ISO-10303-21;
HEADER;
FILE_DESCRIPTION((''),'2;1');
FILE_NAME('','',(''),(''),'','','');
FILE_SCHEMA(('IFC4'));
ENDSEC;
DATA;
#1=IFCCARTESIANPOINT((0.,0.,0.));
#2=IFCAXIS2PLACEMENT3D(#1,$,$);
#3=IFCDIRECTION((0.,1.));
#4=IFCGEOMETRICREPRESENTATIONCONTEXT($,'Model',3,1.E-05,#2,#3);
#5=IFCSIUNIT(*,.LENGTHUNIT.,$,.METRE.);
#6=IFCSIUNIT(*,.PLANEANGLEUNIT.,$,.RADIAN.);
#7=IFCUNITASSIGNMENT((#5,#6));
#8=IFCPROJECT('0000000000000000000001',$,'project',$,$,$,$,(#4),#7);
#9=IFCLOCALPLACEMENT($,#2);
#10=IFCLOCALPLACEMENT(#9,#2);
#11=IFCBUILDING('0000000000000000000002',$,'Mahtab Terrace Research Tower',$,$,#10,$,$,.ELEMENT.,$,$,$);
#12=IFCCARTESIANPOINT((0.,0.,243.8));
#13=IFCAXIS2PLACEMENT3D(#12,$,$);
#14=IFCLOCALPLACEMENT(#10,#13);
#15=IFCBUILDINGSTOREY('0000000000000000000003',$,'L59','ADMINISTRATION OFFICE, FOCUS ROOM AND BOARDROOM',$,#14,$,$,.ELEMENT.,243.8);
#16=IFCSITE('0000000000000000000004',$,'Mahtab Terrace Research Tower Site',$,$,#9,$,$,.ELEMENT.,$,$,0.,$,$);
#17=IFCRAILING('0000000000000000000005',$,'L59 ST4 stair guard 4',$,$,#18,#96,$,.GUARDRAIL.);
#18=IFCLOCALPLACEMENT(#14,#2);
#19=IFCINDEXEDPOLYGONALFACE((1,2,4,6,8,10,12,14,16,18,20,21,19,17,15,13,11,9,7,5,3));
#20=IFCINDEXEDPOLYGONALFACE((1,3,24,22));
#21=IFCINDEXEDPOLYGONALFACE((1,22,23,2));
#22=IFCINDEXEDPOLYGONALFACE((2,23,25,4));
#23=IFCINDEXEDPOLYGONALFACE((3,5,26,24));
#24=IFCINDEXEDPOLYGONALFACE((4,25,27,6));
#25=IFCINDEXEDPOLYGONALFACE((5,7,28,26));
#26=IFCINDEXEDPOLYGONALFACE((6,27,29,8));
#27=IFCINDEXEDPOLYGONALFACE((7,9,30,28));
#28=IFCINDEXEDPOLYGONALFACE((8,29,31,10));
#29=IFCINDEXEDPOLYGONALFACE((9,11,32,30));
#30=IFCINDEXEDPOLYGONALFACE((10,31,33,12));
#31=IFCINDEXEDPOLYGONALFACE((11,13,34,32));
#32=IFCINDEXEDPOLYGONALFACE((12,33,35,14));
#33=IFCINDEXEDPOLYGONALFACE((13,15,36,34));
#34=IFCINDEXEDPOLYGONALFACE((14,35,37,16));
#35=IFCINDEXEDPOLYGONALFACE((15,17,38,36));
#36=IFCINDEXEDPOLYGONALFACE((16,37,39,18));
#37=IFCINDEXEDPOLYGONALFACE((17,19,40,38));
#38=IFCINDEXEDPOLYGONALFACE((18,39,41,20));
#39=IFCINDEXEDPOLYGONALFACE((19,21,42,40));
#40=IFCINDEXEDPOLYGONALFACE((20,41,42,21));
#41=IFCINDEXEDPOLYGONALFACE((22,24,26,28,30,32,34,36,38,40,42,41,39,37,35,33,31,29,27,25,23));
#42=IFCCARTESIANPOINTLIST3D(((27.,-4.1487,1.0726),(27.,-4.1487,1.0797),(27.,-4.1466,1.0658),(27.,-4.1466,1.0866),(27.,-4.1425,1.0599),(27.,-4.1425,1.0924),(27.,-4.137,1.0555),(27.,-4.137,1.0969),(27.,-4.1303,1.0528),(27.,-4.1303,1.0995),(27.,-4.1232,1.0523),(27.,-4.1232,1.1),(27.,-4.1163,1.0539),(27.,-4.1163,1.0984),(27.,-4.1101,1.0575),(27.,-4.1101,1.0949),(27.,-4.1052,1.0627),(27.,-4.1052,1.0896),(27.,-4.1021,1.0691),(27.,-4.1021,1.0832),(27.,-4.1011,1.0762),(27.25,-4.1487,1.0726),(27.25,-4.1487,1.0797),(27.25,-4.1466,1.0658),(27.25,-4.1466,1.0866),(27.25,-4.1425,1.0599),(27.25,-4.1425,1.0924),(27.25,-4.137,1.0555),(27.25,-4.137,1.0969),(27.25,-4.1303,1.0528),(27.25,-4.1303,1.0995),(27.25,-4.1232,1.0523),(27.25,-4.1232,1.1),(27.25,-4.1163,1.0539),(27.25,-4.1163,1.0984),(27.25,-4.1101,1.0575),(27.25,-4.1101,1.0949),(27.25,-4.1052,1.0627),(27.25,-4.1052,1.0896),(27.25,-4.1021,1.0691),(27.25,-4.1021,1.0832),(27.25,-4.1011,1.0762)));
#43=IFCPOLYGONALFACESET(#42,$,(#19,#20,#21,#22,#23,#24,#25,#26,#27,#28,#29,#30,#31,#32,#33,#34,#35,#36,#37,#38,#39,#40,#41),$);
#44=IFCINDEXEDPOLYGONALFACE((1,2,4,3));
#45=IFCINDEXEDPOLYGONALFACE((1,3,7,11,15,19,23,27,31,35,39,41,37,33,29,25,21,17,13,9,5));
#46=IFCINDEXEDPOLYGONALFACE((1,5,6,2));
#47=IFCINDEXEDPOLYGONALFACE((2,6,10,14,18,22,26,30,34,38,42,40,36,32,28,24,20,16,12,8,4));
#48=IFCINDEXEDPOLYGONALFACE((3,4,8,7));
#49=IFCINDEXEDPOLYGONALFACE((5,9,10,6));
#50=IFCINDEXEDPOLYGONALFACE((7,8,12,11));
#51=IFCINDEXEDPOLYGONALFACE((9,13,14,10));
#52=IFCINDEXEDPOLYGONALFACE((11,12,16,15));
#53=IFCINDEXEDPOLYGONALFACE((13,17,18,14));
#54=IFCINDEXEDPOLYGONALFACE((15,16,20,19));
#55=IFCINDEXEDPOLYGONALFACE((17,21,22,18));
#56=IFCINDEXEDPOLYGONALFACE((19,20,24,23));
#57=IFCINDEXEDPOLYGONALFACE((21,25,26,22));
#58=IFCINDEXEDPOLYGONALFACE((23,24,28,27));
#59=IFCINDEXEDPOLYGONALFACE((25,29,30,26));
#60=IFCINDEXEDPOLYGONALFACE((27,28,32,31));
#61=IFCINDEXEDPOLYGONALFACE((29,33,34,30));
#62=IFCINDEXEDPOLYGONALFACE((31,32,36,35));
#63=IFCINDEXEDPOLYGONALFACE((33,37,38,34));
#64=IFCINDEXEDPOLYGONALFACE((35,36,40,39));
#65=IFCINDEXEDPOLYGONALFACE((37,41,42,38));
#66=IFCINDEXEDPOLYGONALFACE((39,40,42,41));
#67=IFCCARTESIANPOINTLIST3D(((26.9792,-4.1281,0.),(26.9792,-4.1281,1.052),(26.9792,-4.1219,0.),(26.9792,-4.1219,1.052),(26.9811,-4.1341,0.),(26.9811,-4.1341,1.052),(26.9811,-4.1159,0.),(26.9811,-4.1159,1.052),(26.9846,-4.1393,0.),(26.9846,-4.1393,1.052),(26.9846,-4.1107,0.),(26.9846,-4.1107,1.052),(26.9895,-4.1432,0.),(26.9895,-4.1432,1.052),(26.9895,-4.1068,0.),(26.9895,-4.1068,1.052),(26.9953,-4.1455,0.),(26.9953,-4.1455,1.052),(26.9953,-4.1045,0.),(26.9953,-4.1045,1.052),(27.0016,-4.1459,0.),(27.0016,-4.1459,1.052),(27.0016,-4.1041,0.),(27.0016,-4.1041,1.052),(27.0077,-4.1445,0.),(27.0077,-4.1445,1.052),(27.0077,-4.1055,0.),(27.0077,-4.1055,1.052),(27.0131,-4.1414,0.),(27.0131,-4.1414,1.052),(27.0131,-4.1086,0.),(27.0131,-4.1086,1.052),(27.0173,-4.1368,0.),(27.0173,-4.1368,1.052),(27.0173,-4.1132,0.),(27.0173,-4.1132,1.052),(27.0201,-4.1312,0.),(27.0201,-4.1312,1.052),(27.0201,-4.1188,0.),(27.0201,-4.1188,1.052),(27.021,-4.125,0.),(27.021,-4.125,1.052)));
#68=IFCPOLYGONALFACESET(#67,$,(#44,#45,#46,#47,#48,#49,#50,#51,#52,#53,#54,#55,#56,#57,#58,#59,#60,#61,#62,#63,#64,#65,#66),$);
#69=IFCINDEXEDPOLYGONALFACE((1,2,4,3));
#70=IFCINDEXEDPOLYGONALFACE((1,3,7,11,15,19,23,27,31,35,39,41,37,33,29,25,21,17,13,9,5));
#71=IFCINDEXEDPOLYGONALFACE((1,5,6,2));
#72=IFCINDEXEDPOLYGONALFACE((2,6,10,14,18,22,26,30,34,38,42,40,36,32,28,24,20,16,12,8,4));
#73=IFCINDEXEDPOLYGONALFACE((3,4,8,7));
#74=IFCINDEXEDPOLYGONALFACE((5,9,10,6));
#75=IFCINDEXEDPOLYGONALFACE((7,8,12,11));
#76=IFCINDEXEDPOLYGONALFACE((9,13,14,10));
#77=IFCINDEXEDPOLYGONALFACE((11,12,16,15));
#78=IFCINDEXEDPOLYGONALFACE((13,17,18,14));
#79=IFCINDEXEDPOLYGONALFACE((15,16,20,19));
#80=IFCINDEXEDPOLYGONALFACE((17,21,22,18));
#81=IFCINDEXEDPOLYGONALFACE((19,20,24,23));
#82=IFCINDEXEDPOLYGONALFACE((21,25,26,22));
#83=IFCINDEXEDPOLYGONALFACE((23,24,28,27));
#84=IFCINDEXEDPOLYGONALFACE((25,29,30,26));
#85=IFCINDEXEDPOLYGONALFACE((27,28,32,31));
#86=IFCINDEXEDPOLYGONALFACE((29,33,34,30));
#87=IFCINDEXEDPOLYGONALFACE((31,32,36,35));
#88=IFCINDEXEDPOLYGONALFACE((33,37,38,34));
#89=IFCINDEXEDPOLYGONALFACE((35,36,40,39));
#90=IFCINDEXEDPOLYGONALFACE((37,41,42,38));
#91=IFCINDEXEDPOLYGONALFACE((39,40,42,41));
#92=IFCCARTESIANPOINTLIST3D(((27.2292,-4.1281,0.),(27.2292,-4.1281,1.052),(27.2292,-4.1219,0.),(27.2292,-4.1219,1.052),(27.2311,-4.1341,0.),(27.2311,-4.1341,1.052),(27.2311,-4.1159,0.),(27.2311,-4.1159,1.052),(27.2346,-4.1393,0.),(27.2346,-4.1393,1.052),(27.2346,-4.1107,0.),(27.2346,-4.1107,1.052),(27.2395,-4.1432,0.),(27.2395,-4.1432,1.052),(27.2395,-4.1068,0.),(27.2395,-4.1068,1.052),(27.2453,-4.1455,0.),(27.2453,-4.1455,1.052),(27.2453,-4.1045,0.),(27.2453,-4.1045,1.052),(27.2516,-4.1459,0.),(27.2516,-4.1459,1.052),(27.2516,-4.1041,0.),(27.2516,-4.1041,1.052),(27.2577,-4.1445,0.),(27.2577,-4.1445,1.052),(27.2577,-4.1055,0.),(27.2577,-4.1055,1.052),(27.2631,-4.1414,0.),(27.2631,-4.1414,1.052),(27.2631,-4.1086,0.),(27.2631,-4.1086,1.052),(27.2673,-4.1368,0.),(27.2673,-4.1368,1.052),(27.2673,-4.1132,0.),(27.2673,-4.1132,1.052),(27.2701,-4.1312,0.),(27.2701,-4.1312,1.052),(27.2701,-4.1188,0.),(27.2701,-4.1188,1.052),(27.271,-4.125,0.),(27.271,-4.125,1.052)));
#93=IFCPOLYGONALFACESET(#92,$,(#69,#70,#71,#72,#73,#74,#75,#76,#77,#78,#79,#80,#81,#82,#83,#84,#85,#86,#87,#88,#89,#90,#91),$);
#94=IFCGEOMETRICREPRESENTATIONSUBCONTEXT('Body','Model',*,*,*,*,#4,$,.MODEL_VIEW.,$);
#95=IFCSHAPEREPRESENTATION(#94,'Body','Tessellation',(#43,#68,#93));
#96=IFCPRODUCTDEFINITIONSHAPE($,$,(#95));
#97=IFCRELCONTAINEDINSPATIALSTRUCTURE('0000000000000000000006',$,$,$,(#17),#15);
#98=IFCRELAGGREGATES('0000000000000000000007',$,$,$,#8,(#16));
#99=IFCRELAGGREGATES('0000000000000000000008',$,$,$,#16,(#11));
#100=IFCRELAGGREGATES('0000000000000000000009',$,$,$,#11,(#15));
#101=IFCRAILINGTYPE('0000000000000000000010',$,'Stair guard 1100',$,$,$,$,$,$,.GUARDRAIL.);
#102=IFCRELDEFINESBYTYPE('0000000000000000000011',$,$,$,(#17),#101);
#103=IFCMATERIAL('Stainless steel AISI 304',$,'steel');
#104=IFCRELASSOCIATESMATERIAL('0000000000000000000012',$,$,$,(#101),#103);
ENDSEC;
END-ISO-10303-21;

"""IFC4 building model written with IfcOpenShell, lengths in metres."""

from ifc_helpers import new_model, si_unit, direction, frame, origin, origin_2d, place, context, subcontext, project, spatial, circle, extrude, material, type_object, element, save


model = new_model("IFC4")

# Units and contexts
model_context = context("Model", 3, precision=1e-05, world=origin(), true_north=direction((0.0, 1.0)))
body_context = subcontext(model_context, "Body", "Model", "MODEL_VIEW")
ifc_project = project(units=[si_unit("LENGTHUNIT", "METRE"), si_unit("PLANEANGLEUNIT", "RADIAN")], contexts=[model_context])

# Site, building, storey
site_placement = place(None, origin())
site = spatial("IfcSite", under=ifc_project, at=site_placement, Name="Mahtab Terrace Research Tower Site", CompositionType="ELEMENT", RefElevation=0.0)
building_placement = place(site_placement, origin())
building = spatial("IfcBuilding", under=site, at=building_placement, Name="Mahtab Terrace Research Tower", CompositionType="ELEMENT")
storey_placement = place(building_placement, frame((0.0, 0.0, 243.8)))
storey = spatial("IfcBuildingStorey", under=building, at=storey_placement, Name="L59", Description="ADMINISTRATION OFFICE, FOCUS ROOM AND BOARDROOM", CompositionType="ELEMENT", Elevation=243.8)

# Railing
ifc_material_1 = material(Name="Stainless steel AISI 304", Category="steel")
railing_type_1 = type_object("IfcRailingType", Name="Stair guard 1100", PredefinedType="GUARDRAIL", material=ifc_material_1)
railing_1_placement = place(storey_placement, frame((27.0, -4.125, 0.0)))
element("IfcRailing", 1, at=railing_1_placement, inside=storey, type_object=railing_type_1, Name="L59 ST4 stair guard 4", PredefinedType="GUARDRAIL", context=body_context, shape_type="SweptSolid", body=[
    extrude(circle(Radius=0.0239, at=origin_2d()), frame((0.0, 0.0, 1.0762), z_axis=(1.0, 0.0, 0.0), x_axis=(0.0, 1.0, 0.0)), (0.0, 0.0, 1.0), 0.25),
    extrude(circle(Radius=0.021, at=origin_2d()), origin(), (0.0, 0.0, 1.0), 1.052),
    extrude(circle(Radius=0.021, at=origin_2d()), frame((0.25, 0.0, 0.0)), (0.0, 0.0, 1.0), 1.052),
])

save(model, "model.ifc")
